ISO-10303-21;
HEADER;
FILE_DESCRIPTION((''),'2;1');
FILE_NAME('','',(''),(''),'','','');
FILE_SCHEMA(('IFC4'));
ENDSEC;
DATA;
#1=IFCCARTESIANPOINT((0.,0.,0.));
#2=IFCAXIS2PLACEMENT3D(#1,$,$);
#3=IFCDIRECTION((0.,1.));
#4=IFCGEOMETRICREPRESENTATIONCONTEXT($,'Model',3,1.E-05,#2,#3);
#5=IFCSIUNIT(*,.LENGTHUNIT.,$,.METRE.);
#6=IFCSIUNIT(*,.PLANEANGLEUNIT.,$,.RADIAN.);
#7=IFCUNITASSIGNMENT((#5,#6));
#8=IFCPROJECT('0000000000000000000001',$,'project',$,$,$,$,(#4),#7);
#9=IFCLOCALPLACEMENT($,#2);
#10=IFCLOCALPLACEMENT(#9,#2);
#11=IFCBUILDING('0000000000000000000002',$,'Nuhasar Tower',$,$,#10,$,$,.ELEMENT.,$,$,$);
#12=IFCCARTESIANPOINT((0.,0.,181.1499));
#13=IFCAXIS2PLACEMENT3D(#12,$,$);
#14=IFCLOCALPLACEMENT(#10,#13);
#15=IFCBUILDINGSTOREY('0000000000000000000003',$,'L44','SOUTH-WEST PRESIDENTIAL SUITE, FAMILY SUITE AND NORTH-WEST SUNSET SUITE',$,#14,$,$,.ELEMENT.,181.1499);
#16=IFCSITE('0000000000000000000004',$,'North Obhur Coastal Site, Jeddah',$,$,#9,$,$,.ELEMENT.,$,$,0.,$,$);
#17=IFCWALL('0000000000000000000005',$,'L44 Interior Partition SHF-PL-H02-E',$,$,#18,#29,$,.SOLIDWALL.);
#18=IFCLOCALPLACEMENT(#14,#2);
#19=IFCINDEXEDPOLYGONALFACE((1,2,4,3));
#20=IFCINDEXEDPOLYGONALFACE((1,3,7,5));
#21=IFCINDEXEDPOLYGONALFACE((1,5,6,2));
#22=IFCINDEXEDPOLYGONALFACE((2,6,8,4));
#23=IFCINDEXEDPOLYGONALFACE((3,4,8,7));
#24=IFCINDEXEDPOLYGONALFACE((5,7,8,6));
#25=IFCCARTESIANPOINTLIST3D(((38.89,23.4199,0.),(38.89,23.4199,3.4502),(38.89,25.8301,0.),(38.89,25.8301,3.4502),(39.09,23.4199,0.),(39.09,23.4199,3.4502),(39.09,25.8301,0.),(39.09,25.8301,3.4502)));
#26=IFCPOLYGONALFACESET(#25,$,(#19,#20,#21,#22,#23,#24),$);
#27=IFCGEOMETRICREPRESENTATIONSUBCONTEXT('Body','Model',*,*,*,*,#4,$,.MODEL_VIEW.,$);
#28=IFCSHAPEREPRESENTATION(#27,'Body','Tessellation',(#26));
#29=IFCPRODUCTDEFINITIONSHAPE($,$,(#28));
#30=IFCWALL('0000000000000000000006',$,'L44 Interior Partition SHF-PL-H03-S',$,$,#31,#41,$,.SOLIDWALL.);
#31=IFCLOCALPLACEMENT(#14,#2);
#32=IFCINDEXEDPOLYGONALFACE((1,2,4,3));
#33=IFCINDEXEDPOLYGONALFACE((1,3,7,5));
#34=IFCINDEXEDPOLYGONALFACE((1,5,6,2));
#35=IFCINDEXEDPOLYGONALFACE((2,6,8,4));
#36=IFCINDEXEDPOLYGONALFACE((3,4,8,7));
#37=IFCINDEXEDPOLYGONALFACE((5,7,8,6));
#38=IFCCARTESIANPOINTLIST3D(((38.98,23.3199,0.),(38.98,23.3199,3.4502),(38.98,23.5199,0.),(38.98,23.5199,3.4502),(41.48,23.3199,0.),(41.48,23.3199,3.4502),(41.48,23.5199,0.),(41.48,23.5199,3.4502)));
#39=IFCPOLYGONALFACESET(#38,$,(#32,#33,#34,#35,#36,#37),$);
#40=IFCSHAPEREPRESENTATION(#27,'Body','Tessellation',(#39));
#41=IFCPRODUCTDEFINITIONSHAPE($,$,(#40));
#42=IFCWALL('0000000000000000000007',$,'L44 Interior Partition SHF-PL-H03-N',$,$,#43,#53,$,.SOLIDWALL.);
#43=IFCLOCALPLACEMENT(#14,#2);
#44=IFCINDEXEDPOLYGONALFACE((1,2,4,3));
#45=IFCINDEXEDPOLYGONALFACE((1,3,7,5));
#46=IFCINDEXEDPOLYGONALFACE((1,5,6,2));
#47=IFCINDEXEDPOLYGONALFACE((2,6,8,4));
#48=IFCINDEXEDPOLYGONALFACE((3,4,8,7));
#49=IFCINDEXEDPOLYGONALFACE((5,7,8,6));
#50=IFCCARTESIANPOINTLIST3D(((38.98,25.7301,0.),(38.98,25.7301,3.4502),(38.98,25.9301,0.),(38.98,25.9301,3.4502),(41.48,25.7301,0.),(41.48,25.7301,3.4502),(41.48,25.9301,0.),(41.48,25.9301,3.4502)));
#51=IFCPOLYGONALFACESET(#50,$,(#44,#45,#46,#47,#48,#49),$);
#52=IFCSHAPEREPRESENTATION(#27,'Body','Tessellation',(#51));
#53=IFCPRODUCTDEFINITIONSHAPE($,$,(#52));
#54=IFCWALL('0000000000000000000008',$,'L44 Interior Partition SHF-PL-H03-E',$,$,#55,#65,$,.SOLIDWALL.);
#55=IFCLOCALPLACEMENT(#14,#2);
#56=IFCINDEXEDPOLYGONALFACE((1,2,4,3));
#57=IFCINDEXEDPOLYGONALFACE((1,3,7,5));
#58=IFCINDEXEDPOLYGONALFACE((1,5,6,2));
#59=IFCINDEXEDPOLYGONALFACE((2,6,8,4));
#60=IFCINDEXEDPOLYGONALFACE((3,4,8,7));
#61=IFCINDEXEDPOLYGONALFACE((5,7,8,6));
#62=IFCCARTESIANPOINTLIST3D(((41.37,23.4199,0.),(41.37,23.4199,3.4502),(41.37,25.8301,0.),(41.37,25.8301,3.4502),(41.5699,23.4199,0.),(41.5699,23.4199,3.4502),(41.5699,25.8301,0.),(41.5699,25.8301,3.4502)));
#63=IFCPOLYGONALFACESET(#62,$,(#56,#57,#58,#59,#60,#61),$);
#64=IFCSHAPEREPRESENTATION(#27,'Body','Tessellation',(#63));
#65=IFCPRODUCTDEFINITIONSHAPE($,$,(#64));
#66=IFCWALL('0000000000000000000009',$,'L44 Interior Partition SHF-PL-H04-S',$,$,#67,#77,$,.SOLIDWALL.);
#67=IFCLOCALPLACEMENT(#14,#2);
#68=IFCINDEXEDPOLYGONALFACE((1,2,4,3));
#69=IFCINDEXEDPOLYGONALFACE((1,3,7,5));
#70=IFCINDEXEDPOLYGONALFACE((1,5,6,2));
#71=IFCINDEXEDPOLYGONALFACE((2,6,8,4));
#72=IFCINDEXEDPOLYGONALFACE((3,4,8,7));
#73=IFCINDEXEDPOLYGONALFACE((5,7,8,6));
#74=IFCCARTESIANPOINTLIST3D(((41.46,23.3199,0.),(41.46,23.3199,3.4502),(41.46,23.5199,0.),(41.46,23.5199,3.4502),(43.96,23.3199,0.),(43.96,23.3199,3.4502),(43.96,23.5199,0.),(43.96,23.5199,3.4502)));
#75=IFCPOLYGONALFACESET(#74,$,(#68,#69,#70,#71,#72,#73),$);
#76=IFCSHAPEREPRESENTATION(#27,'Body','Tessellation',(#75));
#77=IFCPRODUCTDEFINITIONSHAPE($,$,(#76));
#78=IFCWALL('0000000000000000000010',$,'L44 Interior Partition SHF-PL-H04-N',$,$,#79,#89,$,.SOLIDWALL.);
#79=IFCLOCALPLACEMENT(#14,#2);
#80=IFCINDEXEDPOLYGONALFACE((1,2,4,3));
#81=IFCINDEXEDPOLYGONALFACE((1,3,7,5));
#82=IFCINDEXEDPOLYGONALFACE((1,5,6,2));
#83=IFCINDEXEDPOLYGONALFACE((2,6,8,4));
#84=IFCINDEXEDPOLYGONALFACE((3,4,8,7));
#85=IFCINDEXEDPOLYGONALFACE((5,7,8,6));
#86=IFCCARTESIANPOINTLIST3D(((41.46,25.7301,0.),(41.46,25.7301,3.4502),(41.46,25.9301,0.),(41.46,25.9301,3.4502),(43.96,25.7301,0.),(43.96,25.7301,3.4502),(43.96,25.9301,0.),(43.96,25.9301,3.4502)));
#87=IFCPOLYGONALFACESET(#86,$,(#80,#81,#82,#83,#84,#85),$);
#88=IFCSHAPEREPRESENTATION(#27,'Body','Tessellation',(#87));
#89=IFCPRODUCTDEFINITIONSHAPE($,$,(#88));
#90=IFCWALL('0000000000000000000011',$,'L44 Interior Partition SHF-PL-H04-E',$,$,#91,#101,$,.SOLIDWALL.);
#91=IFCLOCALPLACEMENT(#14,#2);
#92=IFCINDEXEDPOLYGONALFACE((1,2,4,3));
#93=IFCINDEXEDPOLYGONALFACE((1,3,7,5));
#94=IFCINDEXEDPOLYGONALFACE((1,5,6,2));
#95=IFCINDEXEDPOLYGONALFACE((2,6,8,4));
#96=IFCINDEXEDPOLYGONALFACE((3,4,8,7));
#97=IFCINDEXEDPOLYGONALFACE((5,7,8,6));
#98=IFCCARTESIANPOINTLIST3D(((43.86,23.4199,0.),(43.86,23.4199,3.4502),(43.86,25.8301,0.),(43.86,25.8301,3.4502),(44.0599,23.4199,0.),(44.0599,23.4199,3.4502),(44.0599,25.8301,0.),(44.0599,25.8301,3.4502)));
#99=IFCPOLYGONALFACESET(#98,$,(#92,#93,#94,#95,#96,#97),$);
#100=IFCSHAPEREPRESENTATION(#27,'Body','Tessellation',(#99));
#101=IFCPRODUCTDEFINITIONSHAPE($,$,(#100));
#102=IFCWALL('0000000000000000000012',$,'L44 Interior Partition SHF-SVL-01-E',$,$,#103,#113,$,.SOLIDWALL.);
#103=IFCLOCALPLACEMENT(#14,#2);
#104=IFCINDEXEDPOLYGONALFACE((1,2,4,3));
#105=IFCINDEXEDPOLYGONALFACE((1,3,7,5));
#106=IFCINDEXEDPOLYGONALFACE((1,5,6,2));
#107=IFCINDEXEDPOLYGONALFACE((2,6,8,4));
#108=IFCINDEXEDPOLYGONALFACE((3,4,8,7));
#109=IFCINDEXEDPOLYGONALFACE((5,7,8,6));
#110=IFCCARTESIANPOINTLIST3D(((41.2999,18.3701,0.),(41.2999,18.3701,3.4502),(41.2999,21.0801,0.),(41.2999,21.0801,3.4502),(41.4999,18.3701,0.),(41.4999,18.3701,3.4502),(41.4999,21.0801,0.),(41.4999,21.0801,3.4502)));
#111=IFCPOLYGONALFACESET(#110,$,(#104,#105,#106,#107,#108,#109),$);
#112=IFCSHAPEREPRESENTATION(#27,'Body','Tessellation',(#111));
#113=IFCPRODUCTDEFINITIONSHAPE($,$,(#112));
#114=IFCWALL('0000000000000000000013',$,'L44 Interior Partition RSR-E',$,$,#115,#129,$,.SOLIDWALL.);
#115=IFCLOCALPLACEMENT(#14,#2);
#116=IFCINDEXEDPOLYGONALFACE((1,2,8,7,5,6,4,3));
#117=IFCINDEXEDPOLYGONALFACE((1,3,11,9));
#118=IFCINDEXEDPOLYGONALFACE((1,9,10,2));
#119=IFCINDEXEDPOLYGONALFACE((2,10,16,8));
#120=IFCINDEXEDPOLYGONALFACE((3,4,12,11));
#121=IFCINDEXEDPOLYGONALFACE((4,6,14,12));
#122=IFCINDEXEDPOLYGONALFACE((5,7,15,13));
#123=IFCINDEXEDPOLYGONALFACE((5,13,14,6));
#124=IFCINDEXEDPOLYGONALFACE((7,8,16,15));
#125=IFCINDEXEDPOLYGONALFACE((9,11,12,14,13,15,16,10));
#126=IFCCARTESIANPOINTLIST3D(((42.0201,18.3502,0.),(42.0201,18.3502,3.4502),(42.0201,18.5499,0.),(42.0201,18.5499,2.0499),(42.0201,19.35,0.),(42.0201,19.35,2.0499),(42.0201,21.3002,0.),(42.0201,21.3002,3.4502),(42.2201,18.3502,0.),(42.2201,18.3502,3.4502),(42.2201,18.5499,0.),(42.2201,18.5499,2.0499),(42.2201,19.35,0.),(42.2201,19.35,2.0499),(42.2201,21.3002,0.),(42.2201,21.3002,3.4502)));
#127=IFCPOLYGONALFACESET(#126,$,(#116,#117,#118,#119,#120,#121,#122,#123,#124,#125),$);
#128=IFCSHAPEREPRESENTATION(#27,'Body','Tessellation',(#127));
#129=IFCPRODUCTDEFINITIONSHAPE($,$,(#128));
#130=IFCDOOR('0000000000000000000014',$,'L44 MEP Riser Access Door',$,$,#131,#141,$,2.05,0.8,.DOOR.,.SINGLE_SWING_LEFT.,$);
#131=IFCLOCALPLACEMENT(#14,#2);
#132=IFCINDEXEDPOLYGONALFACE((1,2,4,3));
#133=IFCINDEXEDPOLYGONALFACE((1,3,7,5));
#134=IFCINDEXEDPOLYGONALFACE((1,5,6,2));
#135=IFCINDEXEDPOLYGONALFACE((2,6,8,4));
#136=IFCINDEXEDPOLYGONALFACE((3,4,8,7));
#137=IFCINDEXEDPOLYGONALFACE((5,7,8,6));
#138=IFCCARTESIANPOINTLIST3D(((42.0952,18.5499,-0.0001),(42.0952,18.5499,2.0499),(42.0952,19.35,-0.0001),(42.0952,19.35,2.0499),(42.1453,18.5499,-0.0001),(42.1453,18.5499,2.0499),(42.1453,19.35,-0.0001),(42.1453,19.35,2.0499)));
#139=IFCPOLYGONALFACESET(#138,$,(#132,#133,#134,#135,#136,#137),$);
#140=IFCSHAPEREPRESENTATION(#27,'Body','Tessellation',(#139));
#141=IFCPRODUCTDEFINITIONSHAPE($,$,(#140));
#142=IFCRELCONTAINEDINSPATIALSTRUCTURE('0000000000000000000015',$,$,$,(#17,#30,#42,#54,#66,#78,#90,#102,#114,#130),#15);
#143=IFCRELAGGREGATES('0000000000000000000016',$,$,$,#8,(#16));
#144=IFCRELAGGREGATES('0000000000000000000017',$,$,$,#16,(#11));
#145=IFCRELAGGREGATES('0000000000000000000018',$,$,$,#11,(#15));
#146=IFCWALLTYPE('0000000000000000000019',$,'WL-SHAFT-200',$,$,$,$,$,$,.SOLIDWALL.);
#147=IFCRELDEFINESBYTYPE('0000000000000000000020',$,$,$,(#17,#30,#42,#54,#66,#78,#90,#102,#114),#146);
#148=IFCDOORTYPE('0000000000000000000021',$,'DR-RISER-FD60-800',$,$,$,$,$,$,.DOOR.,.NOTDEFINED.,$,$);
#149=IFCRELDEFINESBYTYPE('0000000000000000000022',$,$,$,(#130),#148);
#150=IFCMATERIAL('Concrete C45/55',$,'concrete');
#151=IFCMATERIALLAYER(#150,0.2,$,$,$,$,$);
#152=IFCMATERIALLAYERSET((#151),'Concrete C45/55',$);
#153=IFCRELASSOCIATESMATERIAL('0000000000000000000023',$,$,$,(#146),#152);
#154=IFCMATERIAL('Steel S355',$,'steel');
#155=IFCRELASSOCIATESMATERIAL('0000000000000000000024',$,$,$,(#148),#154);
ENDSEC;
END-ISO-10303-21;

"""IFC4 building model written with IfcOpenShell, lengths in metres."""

from ifc_helpers import new_model, si_unit, direction, frame, frame_2d, origin, place, context, subcontext, project, spatial, rectangle, extrude, material, layer, layer_set, type_object, element, fill, save


model = new_model("IFC4")

# Units and contexts
model_context = context("Model", 3, precision=1e-05, world=origin(), true_north=direction((0.0, 1.0)))
body_context = subcontext(model_context, "Body", "Model", "MODEL_VIEW")
ifc_project = project(units=[si_unit("LENGTHUNIT", "METRE"), si_unit("PLANEANGLEUNIT", "RADIAN")], contexts=[model_context])

# Site, building, storey
site_placement = place(None, origin())
site = spatial("IfcSite", under=ifc_project, at=site_placement, Name="North Obhur Coastal Site, Jeddah", CompositionType="ELEMENT", RefElevation=0.0)
building_placement = place(site_placement, origin())
building = spatial("IfcBuilding", under=site, at=building_placement, Name="Nuhasar Tower", CompositionType="ELEMENT")
storey_placement = place(building_placement, frame((0.0, 0.0, 181.1499)))
storey = spatial("IfcBuildingStorey", under=building, at=storey_placement, Name="L44", Description="SOUTH-WEST PRESIDENTIAL SUITE, FAMILY SUITE AND NORTH-WEST SUNSET SUITE", CompositionType="ELEMENT", Elevation=181.1499)

# Shared definitions
ifc_material_1 = material(Name="Steel S355", Category="steel")

# Shared definitions
ifc_material_2 = material(Name="Concrete C45/55", Category="concrete")

# Shared definitions
ifc_layer_1 = layer(ifc_material_2, 0.2)
ifc_layer_set_1 = layer_set([ifc_layer_1], Name="Concrete C45/55")
wall_type_1 = type_object("IfcWallType", Name="WL-SHAFT-200", PredefinedType="SOLIDWALL", material=ifc_layer_set_1)

# Walls
wall_1_placement = place(storey_placement, frame((38.99, 23.4199, 0.0), z_axis=(0.0, 0.0, 1.0), x_axis=(0.0, 1.0, 0.0)))
element("IfcWall", 1, at=wall_1_placement, inside=storey, type_object=wall_type_1, Name="L44 Interior Partition SHF-PL-H02-E", PredefinedType="SOLIDWALL", context=body_context, shape_type="SweptSolid", body=[
    extrude(rectangle(XDim=2.4102, YDim=0.2, at=frame_2d((1.2051, 0.0))), origin(), (0.0, 0.0, 1.0), 3.4502),
])
for number, where, z_axis, x_axis, name in (
    (2, (38.98, 23.4199, 0.0), (0.0, 0.0, 1.0), (1.0, 0.0, 0.0), "L44 Interior Partition SHF-PL-H03-S"),
    (3, (38.98, 25.8301, 0.0), (0.0, 0.0, 1.0), (1.0, 0.0, 0.0), "L44 Interior Partition SHF-PL-H03-N"),
):
    element("IfcWall", number, at=place(storey_placement, frame(where, z_axis=z_axis, x_axis=x_axis)), inside=storey, type_object=wall_type_1, Name=name, PredefinedType="SOLIDWALL", context=body_context, shape_type="SweptSolid", body=[
        extrude(rectangle(XDim=2.5, YDim=0.2, at=frame_2d((1.25, 0.0))), origin(), (0.0, 0.0, 1.0), 3.4502),
    ])
wall_2_placement = place(storey_placement, frame((41.47, 23.4199, 0.0), z_axis=(0.0, 0.0, 1.0), x_axis=(0.0, 1.0, 0.0)))
element("IfcWall", 4, at=wall_2_placement, inside=storey, type_object=wall_type_1, Name="L44 Interior Partition SHF-PL-H03-E", PredefinedType="SOLIDWALL", context=body_context, shape_type="SweptSolid", body=[
    extrude(rectangle(XDim=2.4102, YDim=0.2, at=frame_2d((1.2051, 0.0))), origin(), (0.0, 0.0, 1.0), 3.4502),
])
for number, where, z_axis, x_axis, name in (
    (5, (41.46, 23.4199, 0.0), (0.0, 0.0, 1.0), (1.0, 0.0, 0.0), "L44 Interior Partition SHF-PL-H04-S"),
    (6, (41.46, 25.8301, 0.0), (0.0, 0.0, 1.0), (1.0, 0.0, 0.0), "L44 Interior Partition SHF-PL-H04-N"),
):
    element("IfcWall", number, at=place(storey_placement, frame(where, z_axis=z_axis, x_axis=x_axis)), inside=storey, type_object=wall_type_1, Name=name, PredefinedType="SOLIDWALL", context=body_context, shape_type="SweptSolid", body=[
        extrude(rectangle(XDim=2.5, YDim=0.2, at=frame_2d((1.25, 0.0))), origin(), (0.0, 0.0, 1.0), 3.4502),
    ])
wall_3_placement = place(storey_placement, frame((43.96, 23.4199, 0.0), z_axis=(0.0, 0.0, 1.0), x_axis=(0.0, 1.0, 0.0)))
element("IfcWall", 7, at=wall_3_placement, inside=storey, type_object=wall_type_1, Name="L44 Interior Partition SHF-PL-H04-E", PredefinedType="SOLIDWALL", context=body_context, shape_type="SweptSolid", body=[
    extrude(rectangle(XDim=2.4102, YDim=0.2, at=frame_2d((1.2051, 0.0))), origin(), (0.0, 0.0, 1.0), 3.4502),
])
wall_4_placement = place(storey_placement, frame((41.3999, 18.3701, 0.0), z_axis=(0.0, 0.0, 1.0), x_axis=(0.0, 1.0, 0.0)))
element("IfcWall", 8, at=wall_4_placement, inside=storey, type_object=wall_type_1, Name="L44 Interior Partition SHF-SVL-01-E", PredefinedType="SOLIDWALL", context=body_context, shape_type="SweptSolid", body=[
    extrude(rectangle(XDim=2.71, YDim=0.2, at=frame_2d((1.355, 0.0))), origin(), (0.0, 0.0, 1.0), 3.4502),
])

# Wall, opening, door
wall_5_placement = place(storey_placement, frame((42.1201, 18.3501, 0.0), z_axis=(0.0, 0.0, 1.0), x_axis=(0.0, 1.0, 0.0)))
wall_5 = element("IfcWall", 9, at=wall_5_placement, inside=storey, type_object=wall_type_1, Name="L44 Interior Partition RSR-E", PredefinedType="SOLIDWALL", context=body_context, shape_type="SweptSolid", body=[
    extrude(rectangle(XDim=2.95, YDim=0.2, at=frame_2d((1.4751, 0.0))), origin(), (0.0, 0.0, 1.0), 3.4502),
])
opening_1_placement = place(wall_5_placement, frame((0.2, 0.0, 0.0)))
opening_1 = element("IfcOpeningElement", 10, at=opening_1_placement, cuts=wall_5, PredefinedType="OPENING", context=body_context, shape_type="SweptSolid", body=[
    extrude(rectangle(XDim=0.8, YDim=2.05, at=frame_2d((0.3999, 1.0249))), frame((0.0, 0.1099, 0.0), z_axis=(0.0, -1.0, 0.0), x_axis=(1.0, 0.0, 0.0)), (0.0, 0.0, 1.0), 0.22),
])
door_type_1 = type_object("IfcDoorType", Name="DR-RISER-FD60-800", OperationType="NOTDEFINED", PredefinedType="DOOR", material=ifc_material_1)
door_1_placement = place(opening_1_placement, origin())
door_1 = element("IfcDoor", 11, at=door_1_placement, inside=storey, type_object=door_type_1, Name="L44 MEP Riser Access Door", OperationType="SINGLE_SWING_LEFT", OverallHeight=2.05, OverallWidth=0.8, PredefinedType="DOOR", context=body_context, shape_type="SweptSolid", body=[
    extrude(rectangle(XDim=0.8, YDim=2.05, at=frame_2d((0.3999, 1.0249))), frame((0.0, 0.0249, 0.0), z_axis=(0.0, -1.0, 0.0), x_axis=(1.0, 0.0, 0.0)), (0.0, 0.0, 1.0), 0.05),
])
fill(opening_1, door_1)

save(model, "model.ifc")
